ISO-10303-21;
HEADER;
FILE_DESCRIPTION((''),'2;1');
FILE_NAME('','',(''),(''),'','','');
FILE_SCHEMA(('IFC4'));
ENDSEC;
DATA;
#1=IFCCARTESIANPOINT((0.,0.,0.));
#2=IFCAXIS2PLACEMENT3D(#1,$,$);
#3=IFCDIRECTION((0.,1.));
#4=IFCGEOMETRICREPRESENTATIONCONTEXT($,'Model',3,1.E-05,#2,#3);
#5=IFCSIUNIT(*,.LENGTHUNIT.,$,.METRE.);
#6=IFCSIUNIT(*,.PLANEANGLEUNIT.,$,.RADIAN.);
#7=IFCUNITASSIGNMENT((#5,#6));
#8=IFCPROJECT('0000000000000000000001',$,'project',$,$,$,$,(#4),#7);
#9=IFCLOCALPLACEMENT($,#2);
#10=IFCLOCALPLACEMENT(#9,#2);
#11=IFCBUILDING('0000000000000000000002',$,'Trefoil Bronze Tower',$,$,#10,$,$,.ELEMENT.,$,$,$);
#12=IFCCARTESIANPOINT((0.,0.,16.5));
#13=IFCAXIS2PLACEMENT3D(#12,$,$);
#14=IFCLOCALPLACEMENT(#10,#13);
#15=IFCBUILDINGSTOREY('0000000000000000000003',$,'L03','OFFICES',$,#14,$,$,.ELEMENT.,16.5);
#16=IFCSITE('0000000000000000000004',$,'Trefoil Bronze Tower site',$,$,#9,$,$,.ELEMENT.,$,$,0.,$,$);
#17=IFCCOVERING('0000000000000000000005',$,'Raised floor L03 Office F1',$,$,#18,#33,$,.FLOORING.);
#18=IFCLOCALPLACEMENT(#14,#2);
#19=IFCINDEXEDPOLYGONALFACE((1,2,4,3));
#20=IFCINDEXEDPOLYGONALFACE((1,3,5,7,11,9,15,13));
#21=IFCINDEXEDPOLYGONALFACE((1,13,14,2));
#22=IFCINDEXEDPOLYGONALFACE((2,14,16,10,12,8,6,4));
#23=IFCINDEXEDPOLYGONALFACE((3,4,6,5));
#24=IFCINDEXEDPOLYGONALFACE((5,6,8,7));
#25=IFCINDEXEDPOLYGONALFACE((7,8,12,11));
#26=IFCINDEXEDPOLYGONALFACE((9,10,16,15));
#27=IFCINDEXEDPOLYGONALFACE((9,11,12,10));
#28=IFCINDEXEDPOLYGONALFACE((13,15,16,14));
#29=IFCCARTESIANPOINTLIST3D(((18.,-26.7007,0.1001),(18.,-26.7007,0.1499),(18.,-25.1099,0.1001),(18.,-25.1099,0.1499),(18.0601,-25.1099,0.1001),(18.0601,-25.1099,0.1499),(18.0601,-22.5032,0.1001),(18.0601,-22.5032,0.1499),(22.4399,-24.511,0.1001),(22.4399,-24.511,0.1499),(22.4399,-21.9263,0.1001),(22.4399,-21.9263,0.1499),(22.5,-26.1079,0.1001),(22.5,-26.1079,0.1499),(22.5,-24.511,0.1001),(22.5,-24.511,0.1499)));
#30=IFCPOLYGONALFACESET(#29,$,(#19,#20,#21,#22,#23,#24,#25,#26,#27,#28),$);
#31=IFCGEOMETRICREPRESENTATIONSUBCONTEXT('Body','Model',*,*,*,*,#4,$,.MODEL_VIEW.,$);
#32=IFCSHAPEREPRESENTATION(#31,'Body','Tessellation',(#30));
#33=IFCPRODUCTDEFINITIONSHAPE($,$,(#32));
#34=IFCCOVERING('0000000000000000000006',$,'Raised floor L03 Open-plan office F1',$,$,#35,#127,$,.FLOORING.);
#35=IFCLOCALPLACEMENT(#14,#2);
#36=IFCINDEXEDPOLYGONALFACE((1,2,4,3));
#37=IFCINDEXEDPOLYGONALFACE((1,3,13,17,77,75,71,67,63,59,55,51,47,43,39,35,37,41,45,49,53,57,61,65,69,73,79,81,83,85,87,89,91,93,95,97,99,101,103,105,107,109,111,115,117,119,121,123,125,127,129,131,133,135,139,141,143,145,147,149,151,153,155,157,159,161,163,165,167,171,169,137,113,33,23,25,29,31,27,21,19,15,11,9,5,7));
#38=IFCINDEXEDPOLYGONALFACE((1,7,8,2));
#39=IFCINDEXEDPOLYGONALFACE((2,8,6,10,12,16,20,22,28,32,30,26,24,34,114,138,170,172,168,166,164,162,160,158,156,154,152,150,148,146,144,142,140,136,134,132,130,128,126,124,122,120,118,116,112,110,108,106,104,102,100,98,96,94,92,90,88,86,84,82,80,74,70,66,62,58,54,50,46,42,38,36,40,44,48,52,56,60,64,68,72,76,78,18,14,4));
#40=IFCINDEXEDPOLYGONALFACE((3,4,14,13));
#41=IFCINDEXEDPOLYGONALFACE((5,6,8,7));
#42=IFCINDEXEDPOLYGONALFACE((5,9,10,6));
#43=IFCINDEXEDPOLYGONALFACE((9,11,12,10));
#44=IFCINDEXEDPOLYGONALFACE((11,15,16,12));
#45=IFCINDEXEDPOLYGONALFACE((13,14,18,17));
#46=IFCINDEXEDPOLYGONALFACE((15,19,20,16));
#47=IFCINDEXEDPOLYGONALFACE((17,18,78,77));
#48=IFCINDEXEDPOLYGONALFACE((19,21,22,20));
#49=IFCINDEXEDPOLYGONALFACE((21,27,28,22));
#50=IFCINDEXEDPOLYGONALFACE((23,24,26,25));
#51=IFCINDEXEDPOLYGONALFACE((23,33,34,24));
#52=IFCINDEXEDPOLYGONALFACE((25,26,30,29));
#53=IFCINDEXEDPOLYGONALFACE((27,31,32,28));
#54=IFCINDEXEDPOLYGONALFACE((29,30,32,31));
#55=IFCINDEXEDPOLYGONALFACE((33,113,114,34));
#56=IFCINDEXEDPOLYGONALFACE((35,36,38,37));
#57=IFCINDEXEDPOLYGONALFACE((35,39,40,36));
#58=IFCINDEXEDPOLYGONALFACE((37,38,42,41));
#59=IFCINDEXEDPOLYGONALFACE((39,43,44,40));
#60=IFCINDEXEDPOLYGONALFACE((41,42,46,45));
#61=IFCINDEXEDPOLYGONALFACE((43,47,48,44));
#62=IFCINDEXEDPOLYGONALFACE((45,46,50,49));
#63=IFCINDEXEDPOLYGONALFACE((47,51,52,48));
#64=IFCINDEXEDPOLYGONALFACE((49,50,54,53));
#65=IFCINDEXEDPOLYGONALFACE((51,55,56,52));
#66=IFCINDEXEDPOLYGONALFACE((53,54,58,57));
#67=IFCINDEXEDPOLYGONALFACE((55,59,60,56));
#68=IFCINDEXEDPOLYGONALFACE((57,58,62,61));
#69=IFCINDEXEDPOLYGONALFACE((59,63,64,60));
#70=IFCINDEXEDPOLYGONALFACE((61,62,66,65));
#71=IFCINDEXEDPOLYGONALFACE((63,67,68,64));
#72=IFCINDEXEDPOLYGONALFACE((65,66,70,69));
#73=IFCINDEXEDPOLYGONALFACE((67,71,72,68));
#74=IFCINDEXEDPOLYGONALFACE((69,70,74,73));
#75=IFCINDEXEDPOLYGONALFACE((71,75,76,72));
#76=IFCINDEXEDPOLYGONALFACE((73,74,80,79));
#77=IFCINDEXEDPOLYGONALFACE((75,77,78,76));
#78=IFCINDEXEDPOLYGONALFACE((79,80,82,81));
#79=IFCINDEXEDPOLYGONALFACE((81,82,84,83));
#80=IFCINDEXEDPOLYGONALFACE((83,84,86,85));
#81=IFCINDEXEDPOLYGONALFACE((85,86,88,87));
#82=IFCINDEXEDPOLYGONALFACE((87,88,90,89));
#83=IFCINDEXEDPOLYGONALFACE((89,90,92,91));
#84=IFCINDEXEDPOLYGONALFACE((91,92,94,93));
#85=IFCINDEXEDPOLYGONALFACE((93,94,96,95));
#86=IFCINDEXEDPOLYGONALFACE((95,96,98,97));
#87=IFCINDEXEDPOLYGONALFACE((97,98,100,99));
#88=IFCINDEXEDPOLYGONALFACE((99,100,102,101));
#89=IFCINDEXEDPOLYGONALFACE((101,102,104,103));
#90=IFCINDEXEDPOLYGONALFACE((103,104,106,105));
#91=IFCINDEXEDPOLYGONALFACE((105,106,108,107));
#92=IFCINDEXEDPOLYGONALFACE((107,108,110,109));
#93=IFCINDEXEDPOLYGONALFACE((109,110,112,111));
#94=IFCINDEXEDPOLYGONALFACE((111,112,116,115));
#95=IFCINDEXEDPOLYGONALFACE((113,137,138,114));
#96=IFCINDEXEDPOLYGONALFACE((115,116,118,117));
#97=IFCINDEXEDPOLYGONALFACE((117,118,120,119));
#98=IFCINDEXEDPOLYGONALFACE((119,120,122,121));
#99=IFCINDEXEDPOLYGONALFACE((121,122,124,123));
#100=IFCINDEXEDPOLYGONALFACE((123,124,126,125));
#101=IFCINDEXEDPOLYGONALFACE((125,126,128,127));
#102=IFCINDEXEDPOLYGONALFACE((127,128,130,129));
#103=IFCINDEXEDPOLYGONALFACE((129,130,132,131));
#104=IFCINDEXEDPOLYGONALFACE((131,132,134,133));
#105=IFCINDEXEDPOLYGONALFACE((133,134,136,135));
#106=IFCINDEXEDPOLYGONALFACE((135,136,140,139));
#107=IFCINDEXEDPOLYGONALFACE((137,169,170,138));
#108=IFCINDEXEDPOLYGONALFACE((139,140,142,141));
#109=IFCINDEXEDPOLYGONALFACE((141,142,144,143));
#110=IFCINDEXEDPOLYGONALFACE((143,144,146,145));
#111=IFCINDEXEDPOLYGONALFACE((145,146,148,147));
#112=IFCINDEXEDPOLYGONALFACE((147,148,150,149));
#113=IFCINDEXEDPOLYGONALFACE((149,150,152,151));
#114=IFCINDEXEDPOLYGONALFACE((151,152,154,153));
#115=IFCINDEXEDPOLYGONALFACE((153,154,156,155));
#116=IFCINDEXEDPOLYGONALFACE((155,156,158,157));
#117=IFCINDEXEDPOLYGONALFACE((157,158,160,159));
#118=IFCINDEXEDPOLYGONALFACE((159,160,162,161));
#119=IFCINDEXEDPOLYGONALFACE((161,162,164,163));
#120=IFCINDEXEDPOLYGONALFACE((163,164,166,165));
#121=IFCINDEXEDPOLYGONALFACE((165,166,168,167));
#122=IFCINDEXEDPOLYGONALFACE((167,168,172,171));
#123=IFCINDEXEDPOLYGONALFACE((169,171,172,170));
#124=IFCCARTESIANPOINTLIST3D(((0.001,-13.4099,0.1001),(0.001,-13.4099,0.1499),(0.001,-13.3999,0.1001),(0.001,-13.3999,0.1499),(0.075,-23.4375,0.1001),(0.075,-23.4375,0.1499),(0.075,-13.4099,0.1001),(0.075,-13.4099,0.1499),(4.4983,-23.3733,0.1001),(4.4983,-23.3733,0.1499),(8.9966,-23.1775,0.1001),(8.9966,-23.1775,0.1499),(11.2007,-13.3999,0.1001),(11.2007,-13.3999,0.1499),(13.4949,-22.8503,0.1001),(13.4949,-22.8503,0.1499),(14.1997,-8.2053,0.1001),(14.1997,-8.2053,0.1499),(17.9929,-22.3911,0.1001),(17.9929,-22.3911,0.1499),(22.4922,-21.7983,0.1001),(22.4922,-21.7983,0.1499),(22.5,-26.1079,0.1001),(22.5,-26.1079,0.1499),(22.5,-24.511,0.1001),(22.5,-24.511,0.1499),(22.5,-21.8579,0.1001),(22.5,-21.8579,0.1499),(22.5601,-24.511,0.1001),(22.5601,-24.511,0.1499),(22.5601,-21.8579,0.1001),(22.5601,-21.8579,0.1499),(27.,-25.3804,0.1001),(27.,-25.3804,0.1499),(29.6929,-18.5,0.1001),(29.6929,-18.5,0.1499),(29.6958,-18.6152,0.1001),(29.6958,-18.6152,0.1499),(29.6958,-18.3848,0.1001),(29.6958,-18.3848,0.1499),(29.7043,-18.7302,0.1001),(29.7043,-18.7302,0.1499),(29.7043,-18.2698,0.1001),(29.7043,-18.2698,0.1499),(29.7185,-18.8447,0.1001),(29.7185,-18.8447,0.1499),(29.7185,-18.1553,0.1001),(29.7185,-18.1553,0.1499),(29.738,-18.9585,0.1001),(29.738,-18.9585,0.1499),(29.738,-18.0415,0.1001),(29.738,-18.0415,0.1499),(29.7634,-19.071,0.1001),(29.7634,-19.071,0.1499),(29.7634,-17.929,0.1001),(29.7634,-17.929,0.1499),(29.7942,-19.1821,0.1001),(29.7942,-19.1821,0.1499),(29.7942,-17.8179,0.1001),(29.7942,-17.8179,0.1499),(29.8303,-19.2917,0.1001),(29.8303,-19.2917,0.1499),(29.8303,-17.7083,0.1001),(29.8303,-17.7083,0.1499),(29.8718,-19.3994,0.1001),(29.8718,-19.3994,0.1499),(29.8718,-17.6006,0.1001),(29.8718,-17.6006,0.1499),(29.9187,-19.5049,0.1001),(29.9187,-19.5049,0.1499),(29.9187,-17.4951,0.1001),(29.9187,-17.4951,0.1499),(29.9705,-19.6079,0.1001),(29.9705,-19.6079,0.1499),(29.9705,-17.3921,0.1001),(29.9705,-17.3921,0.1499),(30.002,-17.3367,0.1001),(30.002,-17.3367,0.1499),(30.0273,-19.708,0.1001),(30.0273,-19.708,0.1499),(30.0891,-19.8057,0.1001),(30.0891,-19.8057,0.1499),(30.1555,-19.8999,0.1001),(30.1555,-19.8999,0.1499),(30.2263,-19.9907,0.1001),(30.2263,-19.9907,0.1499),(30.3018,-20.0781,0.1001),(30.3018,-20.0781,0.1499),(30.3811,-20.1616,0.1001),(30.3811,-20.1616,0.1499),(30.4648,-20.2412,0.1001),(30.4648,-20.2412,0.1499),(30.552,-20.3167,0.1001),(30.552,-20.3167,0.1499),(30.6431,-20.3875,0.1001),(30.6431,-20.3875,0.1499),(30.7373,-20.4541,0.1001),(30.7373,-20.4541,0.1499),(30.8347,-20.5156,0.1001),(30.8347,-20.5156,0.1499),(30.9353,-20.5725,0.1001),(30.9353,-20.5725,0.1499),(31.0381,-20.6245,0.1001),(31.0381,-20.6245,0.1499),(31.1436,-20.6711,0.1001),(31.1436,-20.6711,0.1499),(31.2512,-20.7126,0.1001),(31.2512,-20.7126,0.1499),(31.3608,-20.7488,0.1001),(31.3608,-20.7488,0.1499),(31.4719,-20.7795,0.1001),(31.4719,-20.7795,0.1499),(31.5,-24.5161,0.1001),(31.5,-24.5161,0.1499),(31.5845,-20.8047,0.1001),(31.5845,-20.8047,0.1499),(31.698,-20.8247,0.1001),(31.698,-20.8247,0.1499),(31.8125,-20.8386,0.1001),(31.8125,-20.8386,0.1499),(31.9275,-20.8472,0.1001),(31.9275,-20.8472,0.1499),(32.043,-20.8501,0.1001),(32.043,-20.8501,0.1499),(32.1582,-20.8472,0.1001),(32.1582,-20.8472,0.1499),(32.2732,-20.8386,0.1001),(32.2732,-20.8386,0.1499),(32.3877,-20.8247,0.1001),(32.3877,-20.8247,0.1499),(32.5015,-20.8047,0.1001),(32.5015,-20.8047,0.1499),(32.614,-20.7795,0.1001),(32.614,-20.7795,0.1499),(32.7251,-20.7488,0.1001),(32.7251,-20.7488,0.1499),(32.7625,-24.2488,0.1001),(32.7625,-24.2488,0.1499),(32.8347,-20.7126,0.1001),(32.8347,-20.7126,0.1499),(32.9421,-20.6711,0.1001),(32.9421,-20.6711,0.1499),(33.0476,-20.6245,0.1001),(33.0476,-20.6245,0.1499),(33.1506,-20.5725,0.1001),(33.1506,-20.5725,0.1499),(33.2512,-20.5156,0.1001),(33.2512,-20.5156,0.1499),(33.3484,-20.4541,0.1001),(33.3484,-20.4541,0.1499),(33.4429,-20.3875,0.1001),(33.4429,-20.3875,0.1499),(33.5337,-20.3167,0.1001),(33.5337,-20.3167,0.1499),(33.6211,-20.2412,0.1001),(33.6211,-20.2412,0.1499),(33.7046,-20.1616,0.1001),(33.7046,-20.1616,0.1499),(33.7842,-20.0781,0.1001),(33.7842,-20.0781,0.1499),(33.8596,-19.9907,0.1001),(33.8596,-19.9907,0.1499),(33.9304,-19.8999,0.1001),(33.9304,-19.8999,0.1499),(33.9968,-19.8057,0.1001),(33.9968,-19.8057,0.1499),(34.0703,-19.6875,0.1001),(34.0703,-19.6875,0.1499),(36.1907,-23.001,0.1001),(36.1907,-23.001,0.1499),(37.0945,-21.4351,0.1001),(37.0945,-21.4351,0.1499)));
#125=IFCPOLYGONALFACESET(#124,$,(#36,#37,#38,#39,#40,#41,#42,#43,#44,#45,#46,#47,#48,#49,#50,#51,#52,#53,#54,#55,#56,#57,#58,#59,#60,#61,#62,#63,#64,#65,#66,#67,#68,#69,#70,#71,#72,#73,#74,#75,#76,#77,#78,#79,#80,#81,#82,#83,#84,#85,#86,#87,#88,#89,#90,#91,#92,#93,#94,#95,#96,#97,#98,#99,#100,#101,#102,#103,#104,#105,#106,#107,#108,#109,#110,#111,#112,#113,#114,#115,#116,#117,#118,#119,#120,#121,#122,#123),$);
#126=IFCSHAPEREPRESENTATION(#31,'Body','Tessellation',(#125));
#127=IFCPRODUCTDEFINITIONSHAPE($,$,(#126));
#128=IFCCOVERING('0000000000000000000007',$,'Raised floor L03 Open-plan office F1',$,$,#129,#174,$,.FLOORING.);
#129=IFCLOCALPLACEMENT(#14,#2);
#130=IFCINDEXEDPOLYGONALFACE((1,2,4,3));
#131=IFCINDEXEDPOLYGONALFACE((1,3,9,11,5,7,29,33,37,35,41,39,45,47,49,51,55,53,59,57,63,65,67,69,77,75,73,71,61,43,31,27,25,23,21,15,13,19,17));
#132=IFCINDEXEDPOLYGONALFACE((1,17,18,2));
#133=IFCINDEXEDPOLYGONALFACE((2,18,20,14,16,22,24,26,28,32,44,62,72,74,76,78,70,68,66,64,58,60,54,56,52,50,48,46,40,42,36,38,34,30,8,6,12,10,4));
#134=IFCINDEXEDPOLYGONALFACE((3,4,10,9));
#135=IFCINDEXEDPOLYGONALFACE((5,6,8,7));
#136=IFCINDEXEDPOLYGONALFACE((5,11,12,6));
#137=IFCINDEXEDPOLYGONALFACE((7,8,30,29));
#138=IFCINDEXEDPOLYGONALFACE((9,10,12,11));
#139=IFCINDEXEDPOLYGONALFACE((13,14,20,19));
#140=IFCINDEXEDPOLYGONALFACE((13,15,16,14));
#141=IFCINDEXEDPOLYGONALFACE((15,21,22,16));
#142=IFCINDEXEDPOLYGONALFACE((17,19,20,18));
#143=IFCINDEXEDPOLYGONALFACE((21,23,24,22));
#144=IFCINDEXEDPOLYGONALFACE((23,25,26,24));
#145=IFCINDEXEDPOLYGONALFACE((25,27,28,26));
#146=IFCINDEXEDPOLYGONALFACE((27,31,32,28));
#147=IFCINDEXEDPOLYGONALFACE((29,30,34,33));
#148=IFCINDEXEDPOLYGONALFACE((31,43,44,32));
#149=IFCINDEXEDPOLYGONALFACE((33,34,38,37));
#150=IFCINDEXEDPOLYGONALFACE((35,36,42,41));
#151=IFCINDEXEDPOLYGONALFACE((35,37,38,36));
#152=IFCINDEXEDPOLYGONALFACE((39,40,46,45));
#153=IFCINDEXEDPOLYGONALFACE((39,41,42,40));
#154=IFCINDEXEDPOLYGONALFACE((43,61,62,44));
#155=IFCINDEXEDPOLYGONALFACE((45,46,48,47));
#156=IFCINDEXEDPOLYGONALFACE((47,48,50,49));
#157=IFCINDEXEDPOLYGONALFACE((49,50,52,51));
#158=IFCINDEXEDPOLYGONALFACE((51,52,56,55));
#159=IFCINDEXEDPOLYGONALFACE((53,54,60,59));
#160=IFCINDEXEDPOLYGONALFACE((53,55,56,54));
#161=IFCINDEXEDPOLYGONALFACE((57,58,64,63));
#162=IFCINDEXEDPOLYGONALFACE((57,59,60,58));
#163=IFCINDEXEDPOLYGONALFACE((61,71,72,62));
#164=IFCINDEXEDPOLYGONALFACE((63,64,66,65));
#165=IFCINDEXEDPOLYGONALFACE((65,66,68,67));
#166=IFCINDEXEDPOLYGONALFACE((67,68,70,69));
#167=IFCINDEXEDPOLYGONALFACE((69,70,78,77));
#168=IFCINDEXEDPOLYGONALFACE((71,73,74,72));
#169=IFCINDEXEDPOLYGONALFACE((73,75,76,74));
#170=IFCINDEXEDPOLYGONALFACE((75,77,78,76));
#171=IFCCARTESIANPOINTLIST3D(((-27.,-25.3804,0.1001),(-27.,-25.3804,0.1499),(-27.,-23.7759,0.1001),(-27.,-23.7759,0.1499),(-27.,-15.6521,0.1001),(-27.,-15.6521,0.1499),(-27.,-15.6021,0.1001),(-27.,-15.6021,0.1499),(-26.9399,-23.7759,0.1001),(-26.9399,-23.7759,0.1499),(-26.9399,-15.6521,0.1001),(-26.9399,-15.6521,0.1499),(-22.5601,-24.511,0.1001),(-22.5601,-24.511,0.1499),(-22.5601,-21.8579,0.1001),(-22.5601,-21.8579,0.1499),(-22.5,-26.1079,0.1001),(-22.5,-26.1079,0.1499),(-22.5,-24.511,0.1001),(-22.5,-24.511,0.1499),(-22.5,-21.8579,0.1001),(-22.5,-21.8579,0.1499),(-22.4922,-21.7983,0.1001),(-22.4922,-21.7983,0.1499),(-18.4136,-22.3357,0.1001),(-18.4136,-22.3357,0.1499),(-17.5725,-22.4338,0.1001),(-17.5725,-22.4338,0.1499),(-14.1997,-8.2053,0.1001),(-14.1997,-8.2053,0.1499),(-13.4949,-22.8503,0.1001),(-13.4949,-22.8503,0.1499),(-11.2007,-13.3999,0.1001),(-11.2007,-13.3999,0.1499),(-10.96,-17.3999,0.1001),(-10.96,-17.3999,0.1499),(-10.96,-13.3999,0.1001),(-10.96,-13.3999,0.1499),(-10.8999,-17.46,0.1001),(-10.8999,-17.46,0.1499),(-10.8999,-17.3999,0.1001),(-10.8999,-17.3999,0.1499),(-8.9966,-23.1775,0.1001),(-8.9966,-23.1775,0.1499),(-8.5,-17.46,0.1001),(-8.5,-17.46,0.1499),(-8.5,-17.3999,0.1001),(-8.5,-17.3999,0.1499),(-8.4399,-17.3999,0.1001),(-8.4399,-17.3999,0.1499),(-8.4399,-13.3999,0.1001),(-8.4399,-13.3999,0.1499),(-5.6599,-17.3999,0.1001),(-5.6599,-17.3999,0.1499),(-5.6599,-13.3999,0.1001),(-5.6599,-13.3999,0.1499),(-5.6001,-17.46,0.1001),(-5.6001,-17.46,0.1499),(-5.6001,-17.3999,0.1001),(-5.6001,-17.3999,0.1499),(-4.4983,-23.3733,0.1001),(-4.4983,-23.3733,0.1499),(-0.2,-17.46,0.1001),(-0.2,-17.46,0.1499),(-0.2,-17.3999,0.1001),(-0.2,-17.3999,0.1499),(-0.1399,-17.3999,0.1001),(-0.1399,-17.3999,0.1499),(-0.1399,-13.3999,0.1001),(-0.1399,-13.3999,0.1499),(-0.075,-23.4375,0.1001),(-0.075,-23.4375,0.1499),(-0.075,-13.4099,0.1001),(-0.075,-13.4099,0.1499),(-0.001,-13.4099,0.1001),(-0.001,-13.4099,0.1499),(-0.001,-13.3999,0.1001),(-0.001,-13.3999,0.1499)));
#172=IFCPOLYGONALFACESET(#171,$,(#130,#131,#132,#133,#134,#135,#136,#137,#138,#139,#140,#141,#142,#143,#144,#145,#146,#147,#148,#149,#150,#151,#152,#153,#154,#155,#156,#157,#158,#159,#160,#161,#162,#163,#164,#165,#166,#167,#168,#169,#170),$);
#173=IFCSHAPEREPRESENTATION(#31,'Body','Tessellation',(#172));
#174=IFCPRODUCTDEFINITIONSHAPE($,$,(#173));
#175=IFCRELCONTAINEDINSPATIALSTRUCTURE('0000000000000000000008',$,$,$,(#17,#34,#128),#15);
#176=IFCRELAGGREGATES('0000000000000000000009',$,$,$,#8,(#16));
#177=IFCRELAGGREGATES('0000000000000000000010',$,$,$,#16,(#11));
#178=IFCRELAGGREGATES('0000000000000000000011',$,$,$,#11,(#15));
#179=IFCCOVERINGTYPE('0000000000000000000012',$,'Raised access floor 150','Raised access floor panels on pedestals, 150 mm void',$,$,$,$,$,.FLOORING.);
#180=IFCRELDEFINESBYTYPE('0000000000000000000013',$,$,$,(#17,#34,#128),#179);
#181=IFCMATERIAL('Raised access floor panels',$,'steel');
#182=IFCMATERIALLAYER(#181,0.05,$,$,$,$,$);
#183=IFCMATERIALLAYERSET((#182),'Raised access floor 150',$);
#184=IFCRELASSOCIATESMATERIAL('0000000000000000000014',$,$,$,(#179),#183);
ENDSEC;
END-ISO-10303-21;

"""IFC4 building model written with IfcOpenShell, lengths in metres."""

from ifc_helpers import new_model, si_unit, direction, frame, origin, place, context, subcontext, project, spatial, polyline, outline, extrude, material, layer, layer_set, type_object, element, save


model = new_model("IFC4")

# Units and contexts
model_context = context("Model", 3, precision=1e-05, world=origin(), true_north=direction((0.0, 1.0)))
body_context = subcontext(model_context, "Body", "Model", "MODEL_VIEW")
ifc_project = project(units=[si_unit("LENGTHUNIT", "METRE"), si_unit("PLANEANGLEUNIT", "RADIAN")], contexts=[model_context])

# Site, building, storey
site_placement = place(None, origin())
site = spatial("IfcSite", under=ifc_project, at=site_placement, Name="Trefoil Bronze Tower site", CompositionType="ELEMENT", RefElevation=0.0)
building_placement = place(site_placement, origin())
building = spatial("IfcBuilding", under=site, at=building_placement, Name="Trefoil Bronze Tower", CompositionType="ELEMENT")
storey_placement = place(building_placement, frame((0.0, 0.0, 16.5)))
storey = spatial("IfcBuildingStorey", under=building, at=storey_placement, Name="L03", Description="OFFICES", CompositionType="ELEMENT", Elevation=16.5)

# Coverings
ifc_material_1 = material(Name="Raised access floor panels", Category="steel")
ifc_layer_1 = layer(ifc_material_1, 0.05)
ifc_layer_set_1 = layer_set([ifc_layer_1], Name="Raised access floor 150")
covering_type_1 = type_object("IfcCoveringType", Name="Raised access floor 150", Description="Raised access floor panels on pedestals, 150 mm void", PredefinedType="FLOORING", material=ifc_layer_set_1)
covering_1_placement = place(storey_placement, frame((0.0, 0.0, 0.1001)))
element("IfcCovering", 1, at=covering_1_placement, inside=storey, type_object=covering_type_1, Name="Raised floor L03 Office F1", PredefinedType="FLOORING", context=body_context, shape_type="SweptSolid", body=[
    extrude(outline(polyline([(22.5, -26.1079), (18.0, -26.7007), (18.0, -25.1099), (18.0601, -25.1099), (18.0601, -22.5032), (22.4399, -21.9263), (22.4399, -24.511), (22.5, -24.511), (22.5, -26.1079)])), origin(), (0.0, 0.0, 1.0), 0.0498),
])
covering_2_placement = place(storey_placement, frame((0.0, 0.0, 0.1001)))
element("IfcCovering", 2, at=covering_2_placement, inside=storey, type_object=covering_type_1, Name="Raised floor L03 Open-plan office F1", PredefinedType="FLOORING", context=body_context, shape_type="SweptSolid", body=[
    extrude(outline(polyline([(22.5, -24.511), (22.5601, -24.511), (22.5601, -21.8579), (22.5, -21.8579), (22.4922, -21.7983), (17.9929, -22.3911), (13.4949, -22.8503), (8.9966, -23.1775), (4.4983, -23.3733), (0.075, -23.4375), (0.075, -13.4099), (0.001, -13.4099), (0.001, -13.3999), (11.2007, -13.3999), (14.1997, -8.2053), (30.002, -17.3367), (29.9705, -17.3921), (29.9187, -17.4951), (29.8718, -17.6006), (29.8303, -17.7083), (29.7942, -17.8179), (29.7634, -17.929), (29.738, -18.0415), (29.7185, -18.1553), (29.7043, -18.2698), (29.6958, -18.3848), (29.6929, -18.5), (29.6958, -18.6152), (29.7043, -18.7302), (29.7185, -18.8447), (29.738, -18.9585), (29.7634, -19.071), (29.7942, -19.1821), (29.8303, -19.2917), (29.8718, -19.3994), (29.9187, -19.5049), (29.9705, -19.6079), (30.0273, -19.708), (30.0891, -19.8057), (30.1555, -19.8999), (30.2263, -19.9907), (30.3018, -20.0781), (30.3811, -20.1616), (30.4648, -20.2412), (30.552, -20.3167), (30.6431, -20.3875), (30.7373, -20.4541), (30.8347, -20.5156), (30.9353, -20.5725), (31.0381, -20.6245), (31.1436, -20.6711), (31.2512, -20.7126), (31.3608, -20.7488), (31.4719, -20.7795), (31.5845, -20.8047), (31.698, -20.8247), (31.8125, -20.8386), (31.9275, -20.8472), (32.043, -20.8501), (32.1582, -20.8472), (32.2732, -20.8386), (32.3877, -20.8247), (32.5015, -20.8047), (32.614, -20.7795), (32.7251, -20.7488), (32.8347, -20.7126), (32.9421, -20.6711), (33.0476, -20.6245), (33.1506, -20.5725), (33.2512, -20.5156), (33.3484, -20.4541), (33.4429, -20.3875), (33.5337, -20.3167), (33.6211, -20.2412), (33.7046, -20.1616), (33.7842, -20.0781), (33.8596, -19.9907), (33.9304, -19.8999), (33.9968, -19.8057), (34.0703, -19.6875), (37.0945, -21.4351), (36.1907, -23.001), (32.7625, -24.2488), (31.5, -24.5161), (27.0, -25.3804), (22.5, -26.1079), (22.5, -24.511)])), origin(), (0.0, 0.0, 1.0), 0.0498),
])
covering_3_placement = place(storey_placement, frame((0.0, 0.0, 0.1001)))
element("IfcCovering", 3, at=covering_3_placement, inside=storey, type_object=covering_type_1, Name="Raised floor L03 Open-plan office F1", PredefinedType="FLOORING", context=body_context, shape_type="SweptSolid", body=[
    extrude(outline(polyline([(-14.1997, -8.2053), (-11.2007, -13.3999), (-10.96, -13.3999), (-10.96, -17.3999), (-10.8999, -17.3999), (-10.8999, -17.46), (-8.5, -17.46), (-8.5, -17.3999), (-8.4399, -17.3999), (-8.4399, -13.3999), (-5.6599, -13.3999), (-5.6599, -17.3999), (-5.6001, -17.3999), (-5.6001, -17.46), (-0.2, -17.46), (-0.2, -17.3999), (-0.1399, -17.3999), (-0.1399, -13.3999), (-0.001, -13.3999), (-0.001, -13.4099), (-0.075, -13.4099), (-0.075, -23.4375), (-4.4983, -23.3733), (-8.9966, -23.1775), (-13.4949, -22.8503), (-17.5725, -22.4338), (-18.4136, -22.3357), (-22.4922, -21.7983), (-22.5, -21.8579), (-22.5601, -21.8579), (-22.5601, -24.511), (-22.5, -24.511), (-22.5, -26.1079), (-27.0, -25.3804), (-27.0, -23.7759), (-26.9399, -23.7759), (-26.9399, -15.6521), (-27.0, -15.6521), (-27.0, -15.6021), (-14.1997, -8.2053)])), origin(), (0.0, 0.0, 1.0), 0.0498),
])

save(model, "model.ifc")
